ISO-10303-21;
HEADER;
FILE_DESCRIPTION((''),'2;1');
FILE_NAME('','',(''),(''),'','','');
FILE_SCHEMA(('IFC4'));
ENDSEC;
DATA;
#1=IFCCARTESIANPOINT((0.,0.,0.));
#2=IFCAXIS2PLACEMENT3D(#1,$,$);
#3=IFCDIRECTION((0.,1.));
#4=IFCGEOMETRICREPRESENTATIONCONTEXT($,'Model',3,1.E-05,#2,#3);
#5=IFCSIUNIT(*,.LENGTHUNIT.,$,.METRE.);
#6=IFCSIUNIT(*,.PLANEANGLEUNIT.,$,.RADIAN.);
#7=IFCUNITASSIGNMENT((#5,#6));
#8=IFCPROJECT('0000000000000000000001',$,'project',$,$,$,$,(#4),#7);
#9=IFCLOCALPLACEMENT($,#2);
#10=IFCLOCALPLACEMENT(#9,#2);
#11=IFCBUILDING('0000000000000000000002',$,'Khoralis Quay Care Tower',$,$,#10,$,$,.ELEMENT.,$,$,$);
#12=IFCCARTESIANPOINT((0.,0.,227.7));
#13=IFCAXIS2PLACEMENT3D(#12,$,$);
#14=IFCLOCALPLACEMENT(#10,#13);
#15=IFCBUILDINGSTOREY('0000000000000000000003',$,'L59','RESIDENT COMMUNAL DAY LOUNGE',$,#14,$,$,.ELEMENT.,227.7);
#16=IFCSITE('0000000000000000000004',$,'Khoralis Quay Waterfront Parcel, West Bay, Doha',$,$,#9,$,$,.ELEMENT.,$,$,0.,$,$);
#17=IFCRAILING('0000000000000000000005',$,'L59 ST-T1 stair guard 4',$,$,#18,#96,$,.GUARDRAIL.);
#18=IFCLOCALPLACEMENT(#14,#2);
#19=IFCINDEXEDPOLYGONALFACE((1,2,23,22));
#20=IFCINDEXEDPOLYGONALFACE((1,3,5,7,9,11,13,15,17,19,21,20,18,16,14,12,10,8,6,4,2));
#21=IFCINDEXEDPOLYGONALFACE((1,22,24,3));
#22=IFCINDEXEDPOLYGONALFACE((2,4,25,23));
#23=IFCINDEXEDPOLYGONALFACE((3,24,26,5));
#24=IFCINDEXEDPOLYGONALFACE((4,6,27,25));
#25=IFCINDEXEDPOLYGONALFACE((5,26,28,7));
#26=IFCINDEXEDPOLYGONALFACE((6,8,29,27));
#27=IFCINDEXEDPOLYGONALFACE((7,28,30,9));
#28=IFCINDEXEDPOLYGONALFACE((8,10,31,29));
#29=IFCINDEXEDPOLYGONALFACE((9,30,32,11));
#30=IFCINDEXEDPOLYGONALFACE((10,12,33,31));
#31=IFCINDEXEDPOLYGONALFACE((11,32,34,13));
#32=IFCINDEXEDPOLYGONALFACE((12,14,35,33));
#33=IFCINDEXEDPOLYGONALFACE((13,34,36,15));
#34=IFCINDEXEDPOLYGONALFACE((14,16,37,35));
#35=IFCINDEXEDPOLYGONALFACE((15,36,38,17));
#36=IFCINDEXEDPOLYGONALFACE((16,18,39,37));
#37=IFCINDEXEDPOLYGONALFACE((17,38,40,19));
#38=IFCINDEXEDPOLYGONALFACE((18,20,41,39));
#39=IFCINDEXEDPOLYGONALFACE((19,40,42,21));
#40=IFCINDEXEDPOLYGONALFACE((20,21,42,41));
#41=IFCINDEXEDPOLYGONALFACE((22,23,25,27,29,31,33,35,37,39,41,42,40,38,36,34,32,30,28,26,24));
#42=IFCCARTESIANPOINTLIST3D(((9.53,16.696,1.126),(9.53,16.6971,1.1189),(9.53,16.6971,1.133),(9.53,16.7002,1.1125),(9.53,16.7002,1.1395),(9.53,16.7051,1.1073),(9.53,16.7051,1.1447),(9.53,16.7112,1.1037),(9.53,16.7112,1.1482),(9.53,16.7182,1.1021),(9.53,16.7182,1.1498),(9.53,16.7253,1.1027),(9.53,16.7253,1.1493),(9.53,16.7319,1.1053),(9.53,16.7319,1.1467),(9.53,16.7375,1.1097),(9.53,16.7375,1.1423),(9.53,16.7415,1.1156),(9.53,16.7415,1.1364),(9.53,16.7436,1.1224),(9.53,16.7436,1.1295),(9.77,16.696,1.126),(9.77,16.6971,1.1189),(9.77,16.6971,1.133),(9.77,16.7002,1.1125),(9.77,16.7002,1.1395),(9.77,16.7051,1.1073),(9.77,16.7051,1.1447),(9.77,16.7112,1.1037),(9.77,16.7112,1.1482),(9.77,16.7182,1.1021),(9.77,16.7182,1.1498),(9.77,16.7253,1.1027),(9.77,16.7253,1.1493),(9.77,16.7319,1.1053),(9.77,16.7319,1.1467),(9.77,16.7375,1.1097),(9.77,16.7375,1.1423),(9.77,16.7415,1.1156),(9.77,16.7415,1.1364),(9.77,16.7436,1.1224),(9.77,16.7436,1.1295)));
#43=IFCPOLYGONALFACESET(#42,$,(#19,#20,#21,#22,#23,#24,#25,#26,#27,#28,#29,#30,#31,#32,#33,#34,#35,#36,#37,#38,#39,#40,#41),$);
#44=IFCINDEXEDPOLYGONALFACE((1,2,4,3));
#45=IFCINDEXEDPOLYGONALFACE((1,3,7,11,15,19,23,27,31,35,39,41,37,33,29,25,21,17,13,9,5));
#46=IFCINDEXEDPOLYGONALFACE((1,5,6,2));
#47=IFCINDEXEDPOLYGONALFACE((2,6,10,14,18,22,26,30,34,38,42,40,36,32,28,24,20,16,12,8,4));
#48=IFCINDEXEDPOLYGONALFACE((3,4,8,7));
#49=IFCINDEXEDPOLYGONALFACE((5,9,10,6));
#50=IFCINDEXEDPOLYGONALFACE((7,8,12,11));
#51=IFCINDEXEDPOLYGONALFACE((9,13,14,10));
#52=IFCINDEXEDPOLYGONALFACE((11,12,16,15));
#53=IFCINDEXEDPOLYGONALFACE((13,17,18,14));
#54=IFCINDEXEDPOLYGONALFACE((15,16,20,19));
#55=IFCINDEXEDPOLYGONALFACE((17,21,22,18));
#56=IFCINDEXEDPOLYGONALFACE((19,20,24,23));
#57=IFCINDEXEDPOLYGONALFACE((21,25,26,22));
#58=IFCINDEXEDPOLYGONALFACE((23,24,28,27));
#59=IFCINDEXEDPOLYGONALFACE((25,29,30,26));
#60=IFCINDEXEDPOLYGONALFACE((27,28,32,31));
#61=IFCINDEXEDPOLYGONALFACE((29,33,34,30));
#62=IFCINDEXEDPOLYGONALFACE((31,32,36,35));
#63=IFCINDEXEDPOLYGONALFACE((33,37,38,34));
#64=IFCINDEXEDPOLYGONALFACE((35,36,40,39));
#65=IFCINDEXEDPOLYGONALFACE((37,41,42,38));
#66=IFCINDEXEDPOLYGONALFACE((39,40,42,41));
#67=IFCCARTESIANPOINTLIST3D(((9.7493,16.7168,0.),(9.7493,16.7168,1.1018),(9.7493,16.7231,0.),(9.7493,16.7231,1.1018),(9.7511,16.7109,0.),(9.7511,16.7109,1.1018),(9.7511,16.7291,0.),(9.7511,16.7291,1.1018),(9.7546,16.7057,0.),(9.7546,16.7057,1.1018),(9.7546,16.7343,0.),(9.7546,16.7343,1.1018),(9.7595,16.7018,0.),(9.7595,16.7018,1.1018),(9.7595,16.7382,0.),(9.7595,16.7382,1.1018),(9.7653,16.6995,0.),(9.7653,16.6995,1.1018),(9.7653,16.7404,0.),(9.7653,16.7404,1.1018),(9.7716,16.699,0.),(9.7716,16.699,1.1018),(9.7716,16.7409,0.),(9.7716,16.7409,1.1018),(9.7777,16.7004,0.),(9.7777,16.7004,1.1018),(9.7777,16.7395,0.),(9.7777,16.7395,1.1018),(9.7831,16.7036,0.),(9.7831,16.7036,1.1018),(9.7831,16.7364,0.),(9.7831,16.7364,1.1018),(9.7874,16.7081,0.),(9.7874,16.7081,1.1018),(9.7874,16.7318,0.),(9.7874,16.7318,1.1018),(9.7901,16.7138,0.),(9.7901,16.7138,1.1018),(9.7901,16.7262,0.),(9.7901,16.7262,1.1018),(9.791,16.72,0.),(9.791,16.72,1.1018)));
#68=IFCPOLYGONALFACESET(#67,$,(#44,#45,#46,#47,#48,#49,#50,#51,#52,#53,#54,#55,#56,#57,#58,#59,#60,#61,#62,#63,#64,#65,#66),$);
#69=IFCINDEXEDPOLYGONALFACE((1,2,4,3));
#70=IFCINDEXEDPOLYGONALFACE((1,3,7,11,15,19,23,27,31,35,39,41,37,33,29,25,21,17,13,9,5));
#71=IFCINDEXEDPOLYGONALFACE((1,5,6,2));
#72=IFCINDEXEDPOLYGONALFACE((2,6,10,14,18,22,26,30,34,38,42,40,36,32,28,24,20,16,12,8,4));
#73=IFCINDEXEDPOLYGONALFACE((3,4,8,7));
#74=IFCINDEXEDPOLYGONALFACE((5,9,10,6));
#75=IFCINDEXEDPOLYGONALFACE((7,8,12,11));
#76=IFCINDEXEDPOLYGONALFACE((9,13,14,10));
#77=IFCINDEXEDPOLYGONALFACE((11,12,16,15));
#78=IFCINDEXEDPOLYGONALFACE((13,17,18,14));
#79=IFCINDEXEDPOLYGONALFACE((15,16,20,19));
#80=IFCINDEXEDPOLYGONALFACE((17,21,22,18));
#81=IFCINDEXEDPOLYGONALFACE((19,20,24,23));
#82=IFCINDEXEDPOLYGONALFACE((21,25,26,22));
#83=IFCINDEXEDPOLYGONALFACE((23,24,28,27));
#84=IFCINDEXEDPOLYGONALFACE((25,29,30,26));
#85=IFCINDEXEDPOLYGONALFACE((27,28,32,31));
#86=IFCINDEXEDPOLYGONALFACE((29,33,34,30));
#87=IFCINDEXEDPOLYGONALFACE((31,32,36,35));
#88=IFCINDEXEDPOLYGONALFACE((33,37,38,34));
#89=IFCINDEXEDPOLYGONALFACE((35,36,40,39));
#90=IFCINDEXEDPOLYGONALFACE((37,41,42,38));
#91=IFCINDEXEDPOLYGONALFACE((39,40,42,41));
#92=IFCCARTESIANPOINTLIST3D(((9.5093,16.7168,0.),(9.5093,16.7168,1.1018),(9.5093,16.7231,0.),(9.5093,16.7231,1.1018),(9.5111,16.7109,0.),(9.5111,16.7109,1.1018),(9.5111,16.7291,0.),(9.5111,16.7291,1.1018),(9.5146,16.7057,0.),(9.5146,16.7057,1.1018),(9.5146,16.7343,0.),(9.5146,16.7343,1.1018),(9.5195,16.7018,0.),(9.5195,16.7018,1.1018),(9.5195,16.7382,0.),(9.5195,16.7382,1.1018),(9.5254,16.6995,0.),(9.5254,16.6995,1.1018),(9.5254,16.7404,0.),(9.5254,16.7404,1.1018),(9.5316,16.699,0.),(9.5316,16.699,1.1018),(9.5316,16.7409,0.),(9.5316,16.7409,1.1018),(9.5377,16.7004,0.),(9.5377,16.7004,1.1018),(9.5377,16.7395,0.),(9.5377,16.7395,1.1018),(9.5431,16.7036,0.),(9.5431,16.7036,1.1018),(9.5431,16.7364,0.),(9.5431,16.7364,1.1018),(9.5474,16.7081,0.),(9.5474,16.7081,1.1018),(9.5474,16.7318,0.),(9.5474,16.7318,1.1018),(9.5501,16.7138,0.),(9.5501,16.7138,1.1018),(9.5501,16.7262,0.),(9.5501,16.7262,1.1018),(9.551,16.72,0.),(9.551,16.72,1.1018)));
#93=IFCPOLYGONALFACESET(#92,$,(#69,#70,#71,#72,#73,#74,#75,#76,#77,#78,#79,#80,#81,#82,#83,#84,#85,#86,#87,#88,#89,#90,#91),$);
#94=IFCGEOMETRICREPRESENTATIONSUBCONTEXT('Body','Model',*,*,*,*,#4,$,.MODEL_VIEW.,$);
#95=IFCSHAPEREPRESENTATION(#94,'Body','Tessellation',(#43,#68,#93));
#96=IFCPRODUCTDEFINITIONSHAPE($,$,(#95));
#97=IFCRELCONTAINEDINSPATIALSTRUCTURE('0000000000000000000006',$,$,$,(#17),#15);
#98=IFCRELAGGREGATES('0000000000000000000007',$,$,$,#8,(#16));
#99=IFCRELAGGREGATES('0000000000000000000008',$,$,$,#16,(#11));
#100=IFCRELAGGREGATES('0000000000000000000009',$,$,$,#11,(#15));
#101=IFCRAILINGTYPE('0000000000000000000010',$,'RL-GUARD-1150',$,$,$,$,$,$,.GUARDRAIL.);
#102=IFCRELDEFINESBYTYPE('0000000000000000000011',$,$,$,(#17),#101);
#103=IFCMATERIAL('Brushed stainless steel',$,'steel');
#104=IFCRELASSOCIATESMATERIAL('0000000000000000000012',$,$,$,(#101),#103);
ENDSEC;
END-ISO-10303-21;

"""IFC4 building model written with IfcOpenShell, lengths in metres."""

from ifc_helpers import new_model, si_unit, direction, frame, origin, origin_2d, place, context, subcontext, project, spatial, circle, extrude, material, type_object, element, save


model = new_model("IFC4")

# Units and contexts
model_context = context("Model", 3, precision=1e-05, world=origin(), true_north=direction((0.0, 1.0)))
body_context = subcontext(model_context, "Body", "Model", "MODEL_VIEW")
ifc_project = project(units=[si_unit("LENGTHUNIT", "METRE"), si_unit("PLANEANGLEUNIT", "RADIAN")], contexts=[model_context])

# Site, building, storey
site_placement = place(None, origin())
site = spatial("IfcSite", under=ifc_project, at=site_placement, Name="Khoralis Quay Waterfront Parcel, West Bay, Doha", CompositionType="ELEMENT", RefElevation=0.0)
building_placement = place(site_placement, origin())
building = spatial("IfcBuilding", under=site, at=building_placement, Name="Khoralis Quay Care Tower", CompositionType="ELEMENT")
storey_placement = place(building_placement, frame((0.0, 0.0, 227.7)))
storey = spatial("IfcBuildingStorey", under=building, at=storey_placement, Name="L59", Description="RESIDENT COMMUNAL DAY LOUNGE", CompositionType="ELEMENT", Elevation=227.7)

# Railing
ifc_material_1 = material(Name="Brushed stainless steel", Category="steel")
railing_type_1 = type_object("IfcRailingType", Name="RL-GUARD-1150", PredefinedType="GUARDRAIL", material=ifc_material_1)
railing_1_placement = place(storey_placement, frame((9.77, 16.72, 0.0)))
element("IfcRailing", 1, at=railing_1_placement, inside=storey, type_object=railing_type_1, Name="L59 ST-T1 stair guard 4", PredefinedType="GUARDRAIL", context=body_context, shape_type="SweptSolid", body=[
    extrude(circle(Radius=0.0239, at=origin_2d()), frame((0.0, 0.0, 1.126), z_axis=(-1.0, 0.0, 0.0), x_axis=(0.0, -1.0, 0.0)), (0.0, 0.0, 1.0), 0.24),
    extrude(circle(Radius=0.021, at=origin_2d()), origin(), (0.0, 0.0, 1.0), 1.1018),
    extrude(circle(Radius=0.021, at=origin_2d()), frame((-0.24, 0.0, 0.0)), (0.0, 0.0, 1.0), 1.1018),
])

save(model, "model.ifc")
